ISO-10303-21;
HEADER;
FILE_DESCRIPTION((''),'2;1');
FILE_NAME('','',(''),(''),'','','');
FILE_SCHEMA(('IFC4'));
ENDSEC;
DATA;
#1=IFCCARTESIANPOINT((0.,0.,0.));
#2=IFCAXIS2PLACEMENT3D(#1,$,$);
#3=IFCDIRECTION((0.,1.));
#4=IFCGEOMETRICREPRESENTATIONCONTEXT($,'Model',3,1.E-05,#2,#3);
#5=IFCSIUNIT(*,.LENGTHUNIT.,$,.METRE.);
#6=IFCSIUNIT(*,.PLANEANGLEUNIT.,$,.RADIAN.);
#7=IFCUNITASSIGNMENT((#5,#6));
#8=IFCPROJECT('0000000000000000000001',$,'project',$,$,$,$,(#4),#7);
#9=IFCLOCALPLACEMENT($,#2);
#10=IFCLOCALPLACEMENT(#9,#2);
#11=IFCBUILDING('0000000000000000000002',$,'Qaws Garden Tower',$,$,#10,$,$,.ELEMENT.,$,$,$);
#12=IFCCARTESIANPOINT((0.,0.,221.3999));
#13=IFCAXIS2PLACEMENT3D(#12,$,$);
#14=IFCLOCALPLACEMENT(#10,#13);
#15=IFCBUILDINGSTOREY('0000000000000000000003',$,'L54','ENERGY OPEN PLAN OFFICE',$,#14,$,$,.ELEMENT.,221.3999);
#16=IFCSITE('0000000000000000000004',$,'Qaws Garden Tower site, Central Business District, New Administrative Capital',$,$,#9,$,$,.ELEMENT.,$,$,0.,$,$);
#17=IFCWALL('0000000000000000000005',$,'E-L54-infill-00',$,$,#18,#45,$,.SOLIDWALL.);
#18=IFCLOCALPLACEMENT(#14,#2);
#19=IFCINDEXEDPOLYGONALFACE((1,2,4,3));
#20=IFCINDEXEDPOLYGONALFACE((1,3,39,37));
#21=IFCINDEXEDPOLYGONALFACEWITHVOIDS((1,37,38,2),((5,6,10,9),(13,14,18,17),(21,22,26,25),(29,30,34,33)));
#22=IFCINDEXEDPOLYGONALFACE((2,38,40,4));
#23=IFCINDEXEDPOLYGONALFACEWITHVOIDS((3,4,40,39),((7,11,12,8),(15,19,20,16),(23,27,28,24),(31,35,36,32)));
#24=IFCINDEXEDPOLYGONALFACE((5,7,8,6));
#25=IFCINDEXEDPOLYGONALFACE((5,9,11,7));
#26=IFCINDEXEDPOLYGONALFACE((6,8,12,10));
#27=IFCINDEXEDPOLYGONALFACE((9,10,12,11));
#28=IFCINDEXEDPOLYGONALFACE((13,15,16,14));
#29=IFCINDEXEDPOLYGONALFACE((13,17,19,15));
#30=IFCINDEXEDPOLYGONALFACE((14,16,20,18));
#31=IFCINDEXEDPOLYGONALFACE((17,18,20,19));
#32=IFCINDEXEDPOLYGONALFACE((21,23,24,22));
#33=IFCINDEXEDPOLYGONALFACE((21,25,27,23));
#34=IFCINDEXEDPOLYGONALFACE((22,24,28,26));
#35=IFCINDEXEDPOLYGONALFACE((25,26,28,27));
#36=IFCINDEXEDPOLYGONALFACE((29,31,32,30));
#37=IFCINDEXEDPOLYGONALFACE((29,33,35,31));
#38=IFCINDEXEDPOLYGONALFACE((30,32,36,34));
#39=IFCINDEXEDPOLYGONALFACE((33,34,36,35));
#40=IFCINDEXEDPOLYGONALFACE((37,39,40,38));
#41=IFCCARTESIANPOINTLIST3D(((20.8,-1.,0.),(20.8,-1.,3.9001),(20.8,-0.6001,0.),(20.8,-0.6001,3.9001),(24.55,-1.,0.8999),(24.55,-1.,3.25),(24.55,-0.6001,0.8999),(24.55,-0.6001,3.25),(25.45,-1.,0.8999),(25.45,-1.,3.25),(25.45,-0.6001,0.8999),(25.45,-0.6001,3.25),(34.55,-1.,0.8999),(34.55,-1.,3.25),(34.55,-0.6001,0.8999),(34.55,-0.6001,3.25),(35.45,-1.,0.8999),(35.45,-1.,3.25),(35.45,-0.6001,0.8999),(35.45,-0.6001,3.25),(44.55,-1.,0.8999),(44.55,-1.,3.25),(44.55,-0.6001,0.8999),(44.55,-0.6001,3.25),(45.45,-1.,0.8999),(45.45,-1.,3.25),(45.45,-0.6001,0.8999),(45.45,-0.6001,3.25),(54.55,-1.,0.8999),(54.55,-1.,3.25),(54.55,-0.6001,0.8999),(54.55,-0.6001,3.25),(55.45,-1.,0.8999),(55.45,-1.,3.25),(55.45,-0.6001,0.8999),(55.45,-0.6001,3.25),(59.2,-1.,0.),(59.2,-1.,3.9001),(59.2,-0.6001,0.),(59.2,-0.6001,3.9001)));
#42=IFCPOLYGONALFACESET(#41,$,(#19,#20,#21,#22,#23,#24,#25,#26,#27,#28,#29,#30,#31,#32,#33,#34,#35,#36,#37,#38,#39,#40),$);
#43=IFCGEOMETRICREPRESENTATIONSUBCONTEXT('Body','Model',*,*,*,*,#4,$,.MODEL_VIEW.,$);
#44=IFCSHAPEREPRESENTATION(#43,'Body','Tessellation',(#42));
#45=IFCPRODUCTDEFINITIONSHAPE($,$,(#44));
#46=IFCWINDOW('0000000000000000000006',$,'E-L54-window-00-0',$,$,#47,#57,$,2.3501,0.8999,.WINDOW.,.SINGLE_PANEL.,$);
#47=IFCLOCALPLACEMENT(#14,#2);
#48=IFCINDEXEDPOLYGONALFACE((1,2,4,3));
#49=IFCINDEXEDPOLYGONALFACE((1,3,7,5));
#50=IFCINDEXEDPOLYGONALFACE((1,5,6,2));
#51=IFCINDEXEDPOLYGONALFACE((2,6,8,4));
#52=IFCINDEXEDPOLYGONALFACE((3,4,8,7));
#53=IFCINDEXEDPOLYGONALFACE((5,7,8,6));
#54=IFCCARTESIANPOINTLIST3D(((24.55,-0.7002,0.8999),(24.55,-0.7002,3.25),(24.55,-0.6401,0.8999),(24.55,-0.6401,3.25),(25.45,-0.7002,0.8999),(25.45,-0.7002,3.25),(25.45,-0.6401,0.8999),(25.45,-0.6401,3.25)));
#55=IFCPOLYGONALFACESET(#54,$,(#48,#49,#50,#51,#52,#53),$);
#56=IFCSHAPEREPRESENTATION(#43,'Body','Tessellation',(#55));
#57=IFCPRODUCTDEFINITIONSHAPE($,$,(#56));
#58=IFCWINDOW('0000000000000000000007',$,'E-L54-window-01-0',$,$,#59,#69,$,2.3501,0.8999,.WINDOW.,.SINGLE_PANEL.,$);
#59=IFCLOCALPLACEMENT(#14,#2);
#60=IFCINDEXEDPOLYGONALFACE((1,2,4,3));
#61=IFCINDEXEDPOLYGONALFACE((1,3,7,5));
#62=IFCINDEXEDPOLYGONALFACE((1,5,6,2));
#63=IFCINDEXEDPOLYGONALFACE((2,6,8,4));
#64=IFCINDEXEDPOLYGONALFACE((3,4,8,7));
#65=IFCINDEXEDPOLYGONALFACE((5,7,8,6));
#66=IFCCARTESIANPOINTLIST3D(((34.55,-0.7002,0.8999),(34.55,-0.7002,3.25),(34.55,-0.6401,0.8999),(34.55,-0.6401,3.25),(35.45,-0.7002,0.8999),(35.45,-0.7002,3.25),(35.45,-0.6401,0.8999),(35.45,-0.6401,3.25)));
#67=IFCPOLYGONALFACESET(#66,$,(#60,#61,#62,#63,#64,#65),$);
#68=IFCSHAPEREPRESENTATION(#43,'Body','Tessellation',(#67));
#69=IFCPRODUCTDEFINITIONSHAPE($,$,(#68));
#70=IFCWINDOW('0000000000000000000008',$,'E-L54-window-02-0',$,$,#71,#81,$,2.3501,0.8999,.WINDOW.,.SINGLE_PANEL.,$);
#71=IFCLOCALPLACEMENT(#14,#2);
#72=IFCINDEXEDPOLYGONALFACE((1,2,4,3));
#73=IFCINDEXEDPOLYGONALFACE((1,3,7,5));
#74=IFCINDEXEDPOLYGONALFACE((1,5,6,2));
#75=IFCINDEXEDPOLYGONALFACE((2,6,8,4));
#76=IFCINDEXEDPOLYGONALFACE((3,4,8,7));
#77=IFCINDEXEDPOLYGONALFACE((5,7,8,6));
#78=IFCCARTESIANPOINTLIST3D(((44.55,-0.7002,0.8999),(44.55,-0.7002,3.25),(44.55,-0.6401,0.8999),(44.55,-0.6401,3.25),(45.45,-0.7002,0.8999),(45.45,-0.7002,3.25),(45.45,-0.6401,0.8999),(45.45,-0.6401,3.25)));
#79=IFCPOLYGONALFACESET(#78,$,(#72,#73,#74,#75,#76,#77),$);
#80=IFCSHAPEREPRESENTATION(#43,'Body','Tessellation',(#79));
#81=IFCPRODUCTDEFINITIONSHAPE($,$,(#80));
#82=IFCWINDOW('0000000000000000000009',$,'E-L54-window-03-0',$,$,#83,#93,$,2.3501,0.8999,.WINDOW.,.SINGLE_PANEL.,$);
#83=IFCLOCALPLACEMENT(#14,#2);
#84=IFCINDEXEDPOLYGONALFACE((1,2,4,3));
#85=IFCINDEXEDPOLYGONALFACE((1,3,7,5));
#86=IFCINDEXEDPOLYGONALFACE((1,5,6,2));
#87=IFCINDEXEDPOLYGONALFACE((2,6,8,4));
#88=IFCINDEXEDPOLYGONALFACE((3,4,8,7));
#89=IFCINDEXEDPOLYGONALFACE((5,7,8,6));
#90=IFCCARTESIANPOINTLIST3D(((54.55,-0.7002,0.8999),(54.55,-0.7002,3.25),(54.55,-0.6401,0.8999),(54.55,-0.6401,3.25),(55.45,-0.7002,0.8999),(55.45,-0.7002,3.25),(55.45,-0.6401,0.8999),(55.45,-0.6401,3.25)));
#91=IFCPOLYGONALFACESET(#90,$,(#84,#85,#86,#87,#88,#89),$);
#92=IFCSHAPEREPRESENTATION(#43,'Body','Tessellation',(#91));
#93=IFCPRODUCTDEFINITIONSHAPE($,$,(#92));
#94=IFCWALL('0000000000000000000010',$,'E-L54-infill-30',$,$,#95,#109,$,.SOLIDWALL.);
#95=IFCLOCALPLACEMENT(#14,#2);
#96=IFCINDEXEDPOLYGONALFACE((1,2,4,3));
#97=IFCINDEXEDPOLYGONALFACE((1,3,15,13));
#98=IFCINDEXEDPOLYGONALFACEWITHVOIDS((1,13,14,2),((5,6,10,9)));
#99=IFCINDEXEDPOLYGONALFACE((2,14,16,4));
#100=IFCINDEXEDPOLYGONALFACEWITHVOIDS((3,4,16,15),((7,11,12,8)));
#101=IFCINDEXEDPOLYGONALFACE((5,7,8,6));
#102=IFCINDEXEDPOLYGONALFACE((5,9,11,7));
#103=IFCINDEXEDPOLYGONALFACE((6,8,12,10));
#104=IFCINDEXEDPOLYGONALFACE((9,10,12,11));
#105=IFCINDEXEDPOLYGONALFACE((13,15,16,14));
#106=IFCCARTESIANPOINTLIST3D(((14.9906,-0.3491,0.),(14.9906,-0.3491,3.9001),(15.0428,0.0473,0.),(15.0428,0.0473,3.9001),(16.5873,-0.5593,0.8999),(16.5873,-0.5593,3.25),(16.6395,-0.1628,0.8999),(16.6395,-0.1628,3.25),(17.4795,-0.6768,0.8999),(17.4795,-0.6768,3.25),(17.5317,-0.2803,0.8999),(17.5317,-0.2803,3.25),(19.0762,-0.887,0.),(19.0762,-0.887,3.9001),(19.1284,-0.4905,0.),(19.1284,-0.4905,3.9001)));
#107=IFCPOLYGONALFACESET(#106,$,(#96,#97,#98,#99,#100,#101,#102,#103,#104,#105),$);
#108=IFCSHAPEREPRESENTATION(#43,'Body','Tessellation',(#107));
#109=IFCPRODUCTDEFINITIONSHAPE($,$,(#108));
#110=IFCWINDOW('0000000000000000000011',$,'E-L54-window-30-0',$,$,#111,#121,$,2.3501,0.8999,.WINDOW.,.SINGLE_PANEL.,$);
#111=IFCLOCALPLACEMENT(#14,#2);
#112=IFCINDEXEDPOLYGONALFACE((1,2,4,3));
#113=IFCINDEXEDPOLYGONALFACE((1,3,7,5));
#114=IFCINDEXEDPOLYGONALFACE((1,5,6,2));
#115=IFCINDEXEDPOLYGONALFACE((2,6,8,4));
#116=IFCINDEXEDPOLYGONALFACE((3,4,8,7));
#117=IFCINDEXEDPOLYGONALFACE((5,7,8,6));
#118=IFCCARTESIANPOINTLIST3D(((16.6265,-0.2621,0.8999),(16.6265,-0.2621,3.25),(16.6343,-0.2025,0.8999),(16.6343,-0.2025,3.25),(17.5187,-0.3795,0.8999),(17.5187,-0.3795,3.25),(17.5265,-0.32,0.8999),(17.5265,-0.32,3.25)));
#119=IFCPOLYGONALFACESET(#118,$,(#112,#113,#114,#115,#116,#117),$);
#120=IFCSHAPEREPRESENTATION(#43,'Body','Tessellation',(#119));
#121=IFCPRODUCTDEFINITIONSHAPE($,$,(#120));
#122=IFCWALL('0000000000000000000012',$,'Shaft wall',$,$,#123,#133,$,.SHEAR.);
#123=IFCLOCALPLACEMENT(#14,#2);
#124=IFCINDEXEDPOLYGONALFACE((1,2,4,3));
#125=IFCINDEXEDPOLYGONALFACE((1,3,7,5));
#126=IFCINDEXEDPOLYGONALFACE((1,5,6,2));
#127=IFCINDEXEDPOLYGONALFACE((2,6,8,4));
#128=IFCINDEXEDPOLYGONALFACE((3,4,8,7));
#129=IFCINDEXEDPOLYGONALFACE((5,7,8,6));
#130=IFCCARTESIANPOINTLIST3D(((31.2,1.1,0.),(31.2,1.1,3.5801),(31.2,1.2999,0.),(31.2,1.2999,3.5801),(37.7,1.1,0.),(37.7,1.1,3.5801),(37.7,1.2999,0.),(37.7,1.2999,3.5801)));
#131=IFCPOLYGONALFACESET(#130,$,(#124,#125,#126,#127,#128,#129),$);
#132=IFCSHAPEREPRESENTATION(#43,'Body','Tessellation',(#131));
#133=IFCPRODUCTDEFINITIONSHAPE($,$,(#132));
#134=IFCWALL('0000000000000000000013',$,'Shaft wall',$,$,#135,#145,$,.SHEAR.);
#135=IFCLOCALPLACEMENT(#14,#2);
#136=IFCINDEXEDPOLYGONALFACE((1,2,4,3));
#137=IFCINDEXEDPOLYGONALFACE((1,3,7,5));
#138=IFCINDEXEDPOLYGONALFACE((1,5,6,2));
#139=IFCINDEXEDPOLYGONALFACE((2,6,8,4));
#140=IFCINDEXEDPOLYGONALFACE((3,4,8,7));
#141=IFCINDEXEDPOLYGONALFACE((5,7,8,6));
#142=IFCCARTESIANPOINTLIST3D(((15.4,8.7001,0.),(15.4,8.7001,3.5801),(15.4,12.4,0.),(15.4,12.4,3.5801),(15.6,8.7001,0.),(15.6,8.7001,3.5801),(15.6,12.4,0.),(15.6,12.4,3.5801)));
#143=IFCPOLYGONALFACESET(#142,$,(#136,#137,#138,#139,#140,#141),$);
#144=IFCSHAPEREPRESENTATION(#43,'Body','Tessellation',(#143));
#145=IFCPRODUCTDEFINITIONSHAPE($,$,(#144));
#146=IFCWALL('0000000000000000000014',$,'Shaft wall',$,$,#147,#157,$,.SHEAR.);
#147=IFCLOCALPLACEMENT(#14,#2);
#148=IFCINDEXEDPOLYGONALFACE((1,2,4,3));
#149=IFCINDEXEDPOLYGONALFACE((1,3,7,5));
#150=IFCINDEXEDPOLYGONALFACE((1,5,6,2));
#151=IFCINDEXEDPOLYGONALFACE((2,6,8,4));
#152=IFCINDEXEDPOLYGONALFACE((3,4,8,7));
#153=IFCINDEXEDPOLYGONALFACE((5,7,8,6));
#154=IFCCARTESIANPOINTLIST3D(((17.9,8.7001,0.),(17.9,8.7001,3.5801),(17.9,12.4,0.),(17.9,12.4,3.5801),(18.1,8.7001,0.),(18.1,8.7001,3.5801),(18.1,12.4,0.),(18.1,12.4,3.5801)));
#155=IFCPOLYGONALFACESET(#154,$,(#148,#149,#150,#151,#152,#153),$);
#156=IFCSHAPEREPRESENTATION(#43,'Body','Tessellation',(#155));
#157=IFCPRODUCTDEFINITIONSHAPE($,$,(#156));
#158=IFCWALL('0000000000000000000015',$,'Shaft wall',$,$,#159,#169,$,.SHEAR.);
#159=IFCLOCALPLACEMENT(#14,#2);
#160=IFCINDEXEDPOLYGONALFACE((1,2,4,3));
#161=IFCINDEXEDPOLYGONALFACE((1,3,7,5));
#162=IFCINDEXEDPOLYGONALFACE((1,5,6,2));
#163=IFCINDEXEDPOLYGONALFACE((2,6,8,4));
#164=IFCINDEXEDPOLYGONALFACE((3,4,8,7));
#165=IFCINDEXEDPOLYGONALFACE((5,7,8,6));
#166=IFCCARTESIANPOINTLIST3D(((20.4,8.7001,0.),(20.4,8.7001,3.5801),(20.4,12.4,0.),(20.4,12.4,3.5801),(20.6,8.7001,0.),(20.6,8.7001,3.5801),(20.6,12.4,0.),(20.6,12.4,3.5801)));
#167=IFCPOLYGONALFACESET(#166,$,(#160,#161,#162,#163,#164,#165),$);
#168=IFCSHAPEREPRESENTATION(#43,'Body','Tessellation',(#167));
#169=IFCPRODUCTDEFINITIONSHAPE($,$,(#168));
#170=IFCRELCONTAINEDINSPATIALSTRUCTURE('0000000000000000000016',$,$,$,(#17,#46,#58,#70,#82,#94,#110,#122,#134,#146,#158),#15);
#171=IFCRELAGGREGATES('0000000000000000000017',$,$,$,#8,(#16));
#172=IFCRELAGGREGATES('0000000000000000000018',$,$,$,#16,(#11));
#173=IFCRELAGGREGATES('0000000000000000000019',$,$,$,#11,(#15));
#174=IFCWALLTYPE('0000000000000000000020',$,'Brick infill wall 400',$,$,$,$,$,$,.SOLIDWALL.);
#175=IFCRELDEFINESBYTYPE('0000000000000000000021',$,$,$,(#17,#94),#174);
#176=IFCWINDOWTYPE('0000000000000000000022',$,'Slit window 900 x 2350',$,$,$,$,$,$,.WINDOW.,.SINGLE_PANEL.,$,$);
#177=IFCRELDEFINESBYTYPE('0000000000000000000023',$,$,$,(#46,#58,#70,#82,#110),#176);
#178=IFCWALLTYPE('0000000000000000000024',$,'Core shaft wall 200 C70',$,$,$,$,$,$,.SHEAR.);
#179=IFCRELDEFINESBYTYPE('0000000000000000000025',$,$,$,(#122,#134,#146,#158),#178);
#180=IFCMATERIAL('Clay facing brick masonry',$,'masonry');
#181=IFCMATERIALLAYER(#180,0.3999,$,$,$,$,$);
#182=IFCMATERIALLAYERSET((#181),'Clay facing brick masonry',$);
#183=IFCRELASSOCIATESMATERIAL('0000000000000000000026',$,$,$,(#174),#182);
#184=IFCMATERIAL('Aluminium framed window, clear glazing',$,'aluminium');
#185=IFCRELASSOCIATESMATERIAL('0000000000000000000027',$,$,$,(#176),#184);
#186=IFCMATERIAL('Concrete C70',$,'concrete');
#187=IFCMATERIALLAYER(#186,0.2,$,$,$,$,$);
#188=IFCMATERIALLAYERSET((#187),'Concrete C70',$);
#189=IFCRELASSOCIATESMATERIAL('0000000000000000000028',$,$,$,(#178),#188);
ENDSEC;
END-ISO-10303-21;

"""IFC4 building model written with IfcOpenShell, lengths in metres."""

from ifc_helpers import new_model, si_unit, direction, frame, frame_2d, origin, place, context, subcontext, project, spatial, rectangle, extrude, material, layer, layer_set, type_object, element, fill, save


model = new_model("IFC4")

# Units and contexts
model_context = context("Model", 3, precision=1e-05, world=origin(), true_north=direction((0.0, 1.0)))
body_context = subcontext(model_context, "Body", "Model", "MODEL_VIEW")
ifc_project = project(units=[si_unit("LENGTHUNIT", "METRE"), si_unit("PLANEANGLEUNIT", "RADIAN")], contexts=[model_context])

# Site, building, storey
site_placement = place(None, origin())
site = spatial("IfcSite", under=ifc_project, at=site_placement, Name="Qaws Garden Tower site, Central Business District, New Administrative Capital", CompositionType="ELEMENT", RefElevation=0.0)
building_placement = place(site_placement, origin())
building = spatial("IfcBuilding", under=site, at=building_placement, Name="Qaws Garden Tower", CompositionType="ELEMENT")
storey_placement = place(building_placement, frame((0.0, 0.0, 221.3999)))
storey = spatial("IfcBuildingStorey", under=building, at=storey_placement, Name="L54", Description="ENERGY OPEN PLAN OFFICE", CompositionType="ELEMENT", Elevation=221.3999)

# Wall, openings, windows
ifc_material_1 = material(Name="Clay facing brick masonry", Category="masonry")
ifc_layer_1 = layer(ifc_material_1, 0.3999)
ifc_layer_set_1 = layer_set([ifc_layer_1], Name="Clay facing brick masonry")
wall_type_1 = type_object("IfcWallType", Name="Brick infill wall 400", PredefinedType="SOLIDWALL", material=ifc_layer_set_1)
wall_1_placement = place(storey_placement, frame((20.8, -0.8, 0.0), z_axis=(0.0, 0.0, 1.0), x_axis=(1.0, 0.0, 0.0)))
wall_1 = element("IfcWall", 1, at=wall_1_placement, inside=storey, type_object=wall_type_1, Name="E-L54-infill-00", PredefinedType="SOLIDWALL", context=body_context, shape_type="SweptSolid", body=[
    extrude(rectangle(XDim=38.3999, YDim=0.3999, at=frame_2d((19.2, 0.0))), origin(), (0.0, 0.0, 1.0), 3.9001),
])
opening_1_placement = place(wall_1_placement, frame((3.75, 0.0, 0.8999)))
opening_1 = element("IfcOpeningElement", 2, at=opening_1_placement, cuts=wall_1, PredefinedType="OPENING", context=body_context, shape_type="SweptSolid", body=[
    extrude(rectangle(XDim=0.8999, YDim=2.3501, at=frame_2d((0.45, 1.175))), frame((0.0, 0.21, 0.0), z_axis=(0.0, -1.0, 0.0), x_axis=(1.0, 0.0, 0.0)), (0.0, 0.0, 1.0), 0.4199),
])
opening_2_placement = place(wall_1_placement, frame((13.75, 0.0, 0.8999)))
opening_2 = element("IfcOpeningElement", 3, at=opening_2_placement, cuts=wall_1, PredefinedType="OPENING", context=body_context, shape_type="SweptSolid", body=[
    extrude(rectangle(XDim=0.8999, YDim=2.3501, at=frame_2d((0.45, 1.175))), frame((0.0, 0.21, 0.0), z_axis=(0.0, -1.0, 0.0), x_axis=(1.0, 0.0, 0.0)), (0.0, 0.0, 1.0), 0.4199),
])
opening_3_placement = place(wall_1_placement, frame((23.75, 0.0, 0.8999)))
opening_3 = element("IfcOpeningElement", 4, at=opening_3_placement, cuts=wall_1, PredefinedType="OPENING", context=body_context, shape_type="SweptSolid", body=[
    extrude(rectangle(XDim=0.8999, YDim=2.3501, at=frame_2d((0.45, 1.175))), frame((0.0, 0.21, 0.0), z_axis=(0.0, -1.0, 0.0), x_axis=(1.0, 0.0, 0.0)), (0.0, 0.0, 1.0), 0.4199),
])
opening_4_placement = place(wall_1_placement, frame((33.75, 0.0, 0.8999)))
opening_4 = element("IfcOpeningElement", 5, at=opening_4_placement, cuts=wall_1, PredefinedType="OPENING", context=body_context, shape_type="SweptSolid", body=[
    extrude(rectangle(XDim=0.8999, YDim=2.3501, at=frame_2d((0.45, 1.175))), frame((0.0, 0.21, 0.0), z_axis=(0.0, -1.0, 0.0), x_axis=(1.0, 0.0, 0.0)), (0.0, 0.0, 1.0), 0.4199),
])
ifc_material_2 = material(Name="Aluminium framed window, clear glazing", Category="aluminium")
window_type = type_object("IfcWindowType", Name="Slit window 900 x 2350", PartitioningType="SINGLE_PANEL", PredefinedType="WINDOW", material=ifc_material_2)
window_1_placement = place(opening_1_placement, origin())
window_1 = element("IfcWindow", 6, at=window_1_placement, inside=storey, type_object=window_type, Name="E-L54-window-00-0", OverallHeight=2.3501, OverallWidth=0.8999, PartitioningType="SINGLE_PANEL", PredefinedType="WINDOW", context=body_context, shape_type="SweptSolid", body=[
    extrude(rectangle(XDim=0.8999, YDim=2.3501, at=frame_2d((0.45, 1.175))), frame((0.0, 0.1599, 0.0), z_axis=(0.0, -1.0, 0.0), x_axis=(1.0, 0.0, 0.0)), (0.0, 0.0, 1.0), 0.0601),
])
fill(opening_1, window_1)
window_2_placement = place(opening_2_placement, origin())
window_2 = element("IfcWindow", 7, at=window_2_placement, inside=storey, type_object=window_type, Name="E-L54-window-01-0", OverallHeight=2.3501, OverallWidth=0.8999, PartitioningType="SINGLE_PANEL", PredefinedType="WINDOW", context=body_context, shape_type="SweptSolid", body=[
    extrude(rectangle(XDim=0.8999, YDim=2.3501, at=frame_2d((0.45, 1.175))), frame((0.0, 0.1599, 0.0), z_axis=(0.0, -1.0, 0.0), x_axis=(1.0, 0.0, 0.0)), (0.0, 0.0, 1.0), 0.0601),
])
fill(opening_2, window_2)
window_3_placement = place(opening_3_placement, origin())
window_3 = element("IfcWindow", 8, at=window_3_placement, inside=storey, type_object=window_type, Name="E-L54-window-02-0", OverallHeight=2.3501, OverallWidth=0.8999, PartitioningType="SINGLE_PANEL", PredefinedType="WINDOW", context=body_context, shape_type="SweptSolid", body=[
    extrude(rectangle(XDim=0.8999, YDim=2.3501, at=frame_2d((0.45, 1.175))), frame((0.0, 0.1599, 0.0), z_axis=(0.0, -1.0, 0.0), x_axis=(1.0, 0.0, 0.0)), (0.0, 0.0, 1.0), 0.0601),
])
fill(opening_3, window_3)
window_4_placement = place(opening_4_placement, origin())
window_4 = element("IfcWindow", 9, at=window_4_placement, inside=storey, type_object=window_type, Name="E-L54-window-03-0", OverallHeight=2.3501, OverallWidth=0.8999, PartitioningType="SINGLE_PANEL", PredefinedType="WINDOW", context=body_context, shape_type="SweptSolid", body=[
    extrude(rectangle(XDim=0.8999, YDim=2.3501, at=frame_2d((0.45, 1.175))), frame((0.0, 0.1599, 0.0), z_axis=(0.0, -1.0, 0.0), x_axis=(1.0, 0.0, 0.0)), (0.0, 0.0, 1.0), 0.0601),
])
fill(opening_4, window_4)

# Wall, opening, window
wall_2_placement = place(storey_placement, frame((15.0166, -0.1509, 0.0), z_axis=(0.0, 0.0, 1.0), x_axis=(0.991446, -0.130514, 0.0)))
wall_2 = element("IfcWall", 10, at=wall_2_placement, inside=storey, type_object=wall_type_1, Name="E-L54-infill-30", PredefinedType="SOLIDWALL", context=body_context, shape_type="SweptSolid", body=[
    extrude(rectangle(XDim=4.1208, YDim=0.3999, at=frame_2d((2.0605, 0.0))), origin(), (0.0, 0.0, 1.0), 3.9001),
])
opening_5_placement = place(wall_2_placement, frame((1.6106, 0.0, 0.8999)))
opening_5 = element("IfcOpeningElement", 11, at=opening_5_placement, cuts=wall_2, PredefinedType="OPENING", context=body_context, shape_type="SweptSolid", body=[
    extrude(rectangle(XDim=0.8999, YDim=2.3501, at=frame_2d((0.45, 1.175))), frame((0.0, 0.21, 0.0), z_axis=(0.0, -1.0, 0.0), x_axis=(1.0, 0.0, 0.0)), (0.0, 0.0, 1.0), 0.4199),
])
window_5_placement = place(opening_5_placement, origin())
window_5 = element("IfcWindow", 12, at=window_5_placement, inside=storey, type_object=window_type, Name="E-L54-window-30-0", OverallHeight=2.3501, OverallWidth=0.8999, PartitioningType="SINGLE_PANEL", PredefinedType="WINDOW", context=body_context, shape_type="SweptSolid", body=[
    extrude(rectangle(XDim=0.8999, YDim=2.3501, at=frame_2d((0.45, 1.175))), frame((0.0, 0.1599, 0.0), z_axis=(0.0, -1.0, 0.0), x_axis=(1.0, 0.0, 0.0)), (0.0, 0.0, 1.0), 0.0601),
])
fill(opening_5, window_5)

# Walls
ifc_material_3 = material(Name="Concrete C70", Category="concrete")
ifc_layer_2 = layer(ifc_material_3, 0.2)
ifc_layer_set_2 = layer_set([ifc_layer_2], Name="Concrete C70")
wall_type_2 = type_object("IfcWallType", Name="Core shaft wall 200 C70", PredefinedType="SHEAR", material=ifc_layer_set_2)
wall_3_placement = place(storey_placement, frame((31.2, 1.2, 0.0), z_axis=(0.0, 0.0, 1.0), x_axis=(1.0, 0.0, 0.0)))
element("IfcWall", 13, at=wall_3_placement, inside=storey, type_object=wall_type_2, Name="Shaft wall", PredefinedType="SHEAR", context=body_context, shape_type="SweptSolid", body=[
    extrude(rectangle(XDim=6.5, YDim=0.2, at=frame_2d((3.25, 0.0))), origin(), (0.0, 0.0, 1.0), 3.5801),
])
for number, where, z_axis, x_axis, name in (
    (14, (15.5, 8.7, 0.0), (0.0, 0.0, 1.0), (0.0, 1.0, 0.0), "Shaft wall"),
    (15, (18.0, 8.7, 0.0), (0.0, 0.0, 1.0), (0.0, 1.0, 0.0), "Shaft wall"),
    (16, (20.5, 8.7, 0.0), (0.0, 0.0, 1.0), (0.0, 1.0, 0.0), "Shaft wall"),
):
    element("IfcWall", number, at=place(storey_placement, frame(where, z_axis=z_axis, x_axis=x_axis)), inside=storey, type_object=wall_type_2, Name=name, PredefinedType="SHEAR", context=body_context, shape_type="SweptSolid", body=[
        extrude(rectangle(XDim=3.7, YDim=0.2, at=frame_2d((1.8501, 0.0))), origin(), (0.0, 0.0, 1.0), 3.5801),
    ])

save(model, "model.ifc")
